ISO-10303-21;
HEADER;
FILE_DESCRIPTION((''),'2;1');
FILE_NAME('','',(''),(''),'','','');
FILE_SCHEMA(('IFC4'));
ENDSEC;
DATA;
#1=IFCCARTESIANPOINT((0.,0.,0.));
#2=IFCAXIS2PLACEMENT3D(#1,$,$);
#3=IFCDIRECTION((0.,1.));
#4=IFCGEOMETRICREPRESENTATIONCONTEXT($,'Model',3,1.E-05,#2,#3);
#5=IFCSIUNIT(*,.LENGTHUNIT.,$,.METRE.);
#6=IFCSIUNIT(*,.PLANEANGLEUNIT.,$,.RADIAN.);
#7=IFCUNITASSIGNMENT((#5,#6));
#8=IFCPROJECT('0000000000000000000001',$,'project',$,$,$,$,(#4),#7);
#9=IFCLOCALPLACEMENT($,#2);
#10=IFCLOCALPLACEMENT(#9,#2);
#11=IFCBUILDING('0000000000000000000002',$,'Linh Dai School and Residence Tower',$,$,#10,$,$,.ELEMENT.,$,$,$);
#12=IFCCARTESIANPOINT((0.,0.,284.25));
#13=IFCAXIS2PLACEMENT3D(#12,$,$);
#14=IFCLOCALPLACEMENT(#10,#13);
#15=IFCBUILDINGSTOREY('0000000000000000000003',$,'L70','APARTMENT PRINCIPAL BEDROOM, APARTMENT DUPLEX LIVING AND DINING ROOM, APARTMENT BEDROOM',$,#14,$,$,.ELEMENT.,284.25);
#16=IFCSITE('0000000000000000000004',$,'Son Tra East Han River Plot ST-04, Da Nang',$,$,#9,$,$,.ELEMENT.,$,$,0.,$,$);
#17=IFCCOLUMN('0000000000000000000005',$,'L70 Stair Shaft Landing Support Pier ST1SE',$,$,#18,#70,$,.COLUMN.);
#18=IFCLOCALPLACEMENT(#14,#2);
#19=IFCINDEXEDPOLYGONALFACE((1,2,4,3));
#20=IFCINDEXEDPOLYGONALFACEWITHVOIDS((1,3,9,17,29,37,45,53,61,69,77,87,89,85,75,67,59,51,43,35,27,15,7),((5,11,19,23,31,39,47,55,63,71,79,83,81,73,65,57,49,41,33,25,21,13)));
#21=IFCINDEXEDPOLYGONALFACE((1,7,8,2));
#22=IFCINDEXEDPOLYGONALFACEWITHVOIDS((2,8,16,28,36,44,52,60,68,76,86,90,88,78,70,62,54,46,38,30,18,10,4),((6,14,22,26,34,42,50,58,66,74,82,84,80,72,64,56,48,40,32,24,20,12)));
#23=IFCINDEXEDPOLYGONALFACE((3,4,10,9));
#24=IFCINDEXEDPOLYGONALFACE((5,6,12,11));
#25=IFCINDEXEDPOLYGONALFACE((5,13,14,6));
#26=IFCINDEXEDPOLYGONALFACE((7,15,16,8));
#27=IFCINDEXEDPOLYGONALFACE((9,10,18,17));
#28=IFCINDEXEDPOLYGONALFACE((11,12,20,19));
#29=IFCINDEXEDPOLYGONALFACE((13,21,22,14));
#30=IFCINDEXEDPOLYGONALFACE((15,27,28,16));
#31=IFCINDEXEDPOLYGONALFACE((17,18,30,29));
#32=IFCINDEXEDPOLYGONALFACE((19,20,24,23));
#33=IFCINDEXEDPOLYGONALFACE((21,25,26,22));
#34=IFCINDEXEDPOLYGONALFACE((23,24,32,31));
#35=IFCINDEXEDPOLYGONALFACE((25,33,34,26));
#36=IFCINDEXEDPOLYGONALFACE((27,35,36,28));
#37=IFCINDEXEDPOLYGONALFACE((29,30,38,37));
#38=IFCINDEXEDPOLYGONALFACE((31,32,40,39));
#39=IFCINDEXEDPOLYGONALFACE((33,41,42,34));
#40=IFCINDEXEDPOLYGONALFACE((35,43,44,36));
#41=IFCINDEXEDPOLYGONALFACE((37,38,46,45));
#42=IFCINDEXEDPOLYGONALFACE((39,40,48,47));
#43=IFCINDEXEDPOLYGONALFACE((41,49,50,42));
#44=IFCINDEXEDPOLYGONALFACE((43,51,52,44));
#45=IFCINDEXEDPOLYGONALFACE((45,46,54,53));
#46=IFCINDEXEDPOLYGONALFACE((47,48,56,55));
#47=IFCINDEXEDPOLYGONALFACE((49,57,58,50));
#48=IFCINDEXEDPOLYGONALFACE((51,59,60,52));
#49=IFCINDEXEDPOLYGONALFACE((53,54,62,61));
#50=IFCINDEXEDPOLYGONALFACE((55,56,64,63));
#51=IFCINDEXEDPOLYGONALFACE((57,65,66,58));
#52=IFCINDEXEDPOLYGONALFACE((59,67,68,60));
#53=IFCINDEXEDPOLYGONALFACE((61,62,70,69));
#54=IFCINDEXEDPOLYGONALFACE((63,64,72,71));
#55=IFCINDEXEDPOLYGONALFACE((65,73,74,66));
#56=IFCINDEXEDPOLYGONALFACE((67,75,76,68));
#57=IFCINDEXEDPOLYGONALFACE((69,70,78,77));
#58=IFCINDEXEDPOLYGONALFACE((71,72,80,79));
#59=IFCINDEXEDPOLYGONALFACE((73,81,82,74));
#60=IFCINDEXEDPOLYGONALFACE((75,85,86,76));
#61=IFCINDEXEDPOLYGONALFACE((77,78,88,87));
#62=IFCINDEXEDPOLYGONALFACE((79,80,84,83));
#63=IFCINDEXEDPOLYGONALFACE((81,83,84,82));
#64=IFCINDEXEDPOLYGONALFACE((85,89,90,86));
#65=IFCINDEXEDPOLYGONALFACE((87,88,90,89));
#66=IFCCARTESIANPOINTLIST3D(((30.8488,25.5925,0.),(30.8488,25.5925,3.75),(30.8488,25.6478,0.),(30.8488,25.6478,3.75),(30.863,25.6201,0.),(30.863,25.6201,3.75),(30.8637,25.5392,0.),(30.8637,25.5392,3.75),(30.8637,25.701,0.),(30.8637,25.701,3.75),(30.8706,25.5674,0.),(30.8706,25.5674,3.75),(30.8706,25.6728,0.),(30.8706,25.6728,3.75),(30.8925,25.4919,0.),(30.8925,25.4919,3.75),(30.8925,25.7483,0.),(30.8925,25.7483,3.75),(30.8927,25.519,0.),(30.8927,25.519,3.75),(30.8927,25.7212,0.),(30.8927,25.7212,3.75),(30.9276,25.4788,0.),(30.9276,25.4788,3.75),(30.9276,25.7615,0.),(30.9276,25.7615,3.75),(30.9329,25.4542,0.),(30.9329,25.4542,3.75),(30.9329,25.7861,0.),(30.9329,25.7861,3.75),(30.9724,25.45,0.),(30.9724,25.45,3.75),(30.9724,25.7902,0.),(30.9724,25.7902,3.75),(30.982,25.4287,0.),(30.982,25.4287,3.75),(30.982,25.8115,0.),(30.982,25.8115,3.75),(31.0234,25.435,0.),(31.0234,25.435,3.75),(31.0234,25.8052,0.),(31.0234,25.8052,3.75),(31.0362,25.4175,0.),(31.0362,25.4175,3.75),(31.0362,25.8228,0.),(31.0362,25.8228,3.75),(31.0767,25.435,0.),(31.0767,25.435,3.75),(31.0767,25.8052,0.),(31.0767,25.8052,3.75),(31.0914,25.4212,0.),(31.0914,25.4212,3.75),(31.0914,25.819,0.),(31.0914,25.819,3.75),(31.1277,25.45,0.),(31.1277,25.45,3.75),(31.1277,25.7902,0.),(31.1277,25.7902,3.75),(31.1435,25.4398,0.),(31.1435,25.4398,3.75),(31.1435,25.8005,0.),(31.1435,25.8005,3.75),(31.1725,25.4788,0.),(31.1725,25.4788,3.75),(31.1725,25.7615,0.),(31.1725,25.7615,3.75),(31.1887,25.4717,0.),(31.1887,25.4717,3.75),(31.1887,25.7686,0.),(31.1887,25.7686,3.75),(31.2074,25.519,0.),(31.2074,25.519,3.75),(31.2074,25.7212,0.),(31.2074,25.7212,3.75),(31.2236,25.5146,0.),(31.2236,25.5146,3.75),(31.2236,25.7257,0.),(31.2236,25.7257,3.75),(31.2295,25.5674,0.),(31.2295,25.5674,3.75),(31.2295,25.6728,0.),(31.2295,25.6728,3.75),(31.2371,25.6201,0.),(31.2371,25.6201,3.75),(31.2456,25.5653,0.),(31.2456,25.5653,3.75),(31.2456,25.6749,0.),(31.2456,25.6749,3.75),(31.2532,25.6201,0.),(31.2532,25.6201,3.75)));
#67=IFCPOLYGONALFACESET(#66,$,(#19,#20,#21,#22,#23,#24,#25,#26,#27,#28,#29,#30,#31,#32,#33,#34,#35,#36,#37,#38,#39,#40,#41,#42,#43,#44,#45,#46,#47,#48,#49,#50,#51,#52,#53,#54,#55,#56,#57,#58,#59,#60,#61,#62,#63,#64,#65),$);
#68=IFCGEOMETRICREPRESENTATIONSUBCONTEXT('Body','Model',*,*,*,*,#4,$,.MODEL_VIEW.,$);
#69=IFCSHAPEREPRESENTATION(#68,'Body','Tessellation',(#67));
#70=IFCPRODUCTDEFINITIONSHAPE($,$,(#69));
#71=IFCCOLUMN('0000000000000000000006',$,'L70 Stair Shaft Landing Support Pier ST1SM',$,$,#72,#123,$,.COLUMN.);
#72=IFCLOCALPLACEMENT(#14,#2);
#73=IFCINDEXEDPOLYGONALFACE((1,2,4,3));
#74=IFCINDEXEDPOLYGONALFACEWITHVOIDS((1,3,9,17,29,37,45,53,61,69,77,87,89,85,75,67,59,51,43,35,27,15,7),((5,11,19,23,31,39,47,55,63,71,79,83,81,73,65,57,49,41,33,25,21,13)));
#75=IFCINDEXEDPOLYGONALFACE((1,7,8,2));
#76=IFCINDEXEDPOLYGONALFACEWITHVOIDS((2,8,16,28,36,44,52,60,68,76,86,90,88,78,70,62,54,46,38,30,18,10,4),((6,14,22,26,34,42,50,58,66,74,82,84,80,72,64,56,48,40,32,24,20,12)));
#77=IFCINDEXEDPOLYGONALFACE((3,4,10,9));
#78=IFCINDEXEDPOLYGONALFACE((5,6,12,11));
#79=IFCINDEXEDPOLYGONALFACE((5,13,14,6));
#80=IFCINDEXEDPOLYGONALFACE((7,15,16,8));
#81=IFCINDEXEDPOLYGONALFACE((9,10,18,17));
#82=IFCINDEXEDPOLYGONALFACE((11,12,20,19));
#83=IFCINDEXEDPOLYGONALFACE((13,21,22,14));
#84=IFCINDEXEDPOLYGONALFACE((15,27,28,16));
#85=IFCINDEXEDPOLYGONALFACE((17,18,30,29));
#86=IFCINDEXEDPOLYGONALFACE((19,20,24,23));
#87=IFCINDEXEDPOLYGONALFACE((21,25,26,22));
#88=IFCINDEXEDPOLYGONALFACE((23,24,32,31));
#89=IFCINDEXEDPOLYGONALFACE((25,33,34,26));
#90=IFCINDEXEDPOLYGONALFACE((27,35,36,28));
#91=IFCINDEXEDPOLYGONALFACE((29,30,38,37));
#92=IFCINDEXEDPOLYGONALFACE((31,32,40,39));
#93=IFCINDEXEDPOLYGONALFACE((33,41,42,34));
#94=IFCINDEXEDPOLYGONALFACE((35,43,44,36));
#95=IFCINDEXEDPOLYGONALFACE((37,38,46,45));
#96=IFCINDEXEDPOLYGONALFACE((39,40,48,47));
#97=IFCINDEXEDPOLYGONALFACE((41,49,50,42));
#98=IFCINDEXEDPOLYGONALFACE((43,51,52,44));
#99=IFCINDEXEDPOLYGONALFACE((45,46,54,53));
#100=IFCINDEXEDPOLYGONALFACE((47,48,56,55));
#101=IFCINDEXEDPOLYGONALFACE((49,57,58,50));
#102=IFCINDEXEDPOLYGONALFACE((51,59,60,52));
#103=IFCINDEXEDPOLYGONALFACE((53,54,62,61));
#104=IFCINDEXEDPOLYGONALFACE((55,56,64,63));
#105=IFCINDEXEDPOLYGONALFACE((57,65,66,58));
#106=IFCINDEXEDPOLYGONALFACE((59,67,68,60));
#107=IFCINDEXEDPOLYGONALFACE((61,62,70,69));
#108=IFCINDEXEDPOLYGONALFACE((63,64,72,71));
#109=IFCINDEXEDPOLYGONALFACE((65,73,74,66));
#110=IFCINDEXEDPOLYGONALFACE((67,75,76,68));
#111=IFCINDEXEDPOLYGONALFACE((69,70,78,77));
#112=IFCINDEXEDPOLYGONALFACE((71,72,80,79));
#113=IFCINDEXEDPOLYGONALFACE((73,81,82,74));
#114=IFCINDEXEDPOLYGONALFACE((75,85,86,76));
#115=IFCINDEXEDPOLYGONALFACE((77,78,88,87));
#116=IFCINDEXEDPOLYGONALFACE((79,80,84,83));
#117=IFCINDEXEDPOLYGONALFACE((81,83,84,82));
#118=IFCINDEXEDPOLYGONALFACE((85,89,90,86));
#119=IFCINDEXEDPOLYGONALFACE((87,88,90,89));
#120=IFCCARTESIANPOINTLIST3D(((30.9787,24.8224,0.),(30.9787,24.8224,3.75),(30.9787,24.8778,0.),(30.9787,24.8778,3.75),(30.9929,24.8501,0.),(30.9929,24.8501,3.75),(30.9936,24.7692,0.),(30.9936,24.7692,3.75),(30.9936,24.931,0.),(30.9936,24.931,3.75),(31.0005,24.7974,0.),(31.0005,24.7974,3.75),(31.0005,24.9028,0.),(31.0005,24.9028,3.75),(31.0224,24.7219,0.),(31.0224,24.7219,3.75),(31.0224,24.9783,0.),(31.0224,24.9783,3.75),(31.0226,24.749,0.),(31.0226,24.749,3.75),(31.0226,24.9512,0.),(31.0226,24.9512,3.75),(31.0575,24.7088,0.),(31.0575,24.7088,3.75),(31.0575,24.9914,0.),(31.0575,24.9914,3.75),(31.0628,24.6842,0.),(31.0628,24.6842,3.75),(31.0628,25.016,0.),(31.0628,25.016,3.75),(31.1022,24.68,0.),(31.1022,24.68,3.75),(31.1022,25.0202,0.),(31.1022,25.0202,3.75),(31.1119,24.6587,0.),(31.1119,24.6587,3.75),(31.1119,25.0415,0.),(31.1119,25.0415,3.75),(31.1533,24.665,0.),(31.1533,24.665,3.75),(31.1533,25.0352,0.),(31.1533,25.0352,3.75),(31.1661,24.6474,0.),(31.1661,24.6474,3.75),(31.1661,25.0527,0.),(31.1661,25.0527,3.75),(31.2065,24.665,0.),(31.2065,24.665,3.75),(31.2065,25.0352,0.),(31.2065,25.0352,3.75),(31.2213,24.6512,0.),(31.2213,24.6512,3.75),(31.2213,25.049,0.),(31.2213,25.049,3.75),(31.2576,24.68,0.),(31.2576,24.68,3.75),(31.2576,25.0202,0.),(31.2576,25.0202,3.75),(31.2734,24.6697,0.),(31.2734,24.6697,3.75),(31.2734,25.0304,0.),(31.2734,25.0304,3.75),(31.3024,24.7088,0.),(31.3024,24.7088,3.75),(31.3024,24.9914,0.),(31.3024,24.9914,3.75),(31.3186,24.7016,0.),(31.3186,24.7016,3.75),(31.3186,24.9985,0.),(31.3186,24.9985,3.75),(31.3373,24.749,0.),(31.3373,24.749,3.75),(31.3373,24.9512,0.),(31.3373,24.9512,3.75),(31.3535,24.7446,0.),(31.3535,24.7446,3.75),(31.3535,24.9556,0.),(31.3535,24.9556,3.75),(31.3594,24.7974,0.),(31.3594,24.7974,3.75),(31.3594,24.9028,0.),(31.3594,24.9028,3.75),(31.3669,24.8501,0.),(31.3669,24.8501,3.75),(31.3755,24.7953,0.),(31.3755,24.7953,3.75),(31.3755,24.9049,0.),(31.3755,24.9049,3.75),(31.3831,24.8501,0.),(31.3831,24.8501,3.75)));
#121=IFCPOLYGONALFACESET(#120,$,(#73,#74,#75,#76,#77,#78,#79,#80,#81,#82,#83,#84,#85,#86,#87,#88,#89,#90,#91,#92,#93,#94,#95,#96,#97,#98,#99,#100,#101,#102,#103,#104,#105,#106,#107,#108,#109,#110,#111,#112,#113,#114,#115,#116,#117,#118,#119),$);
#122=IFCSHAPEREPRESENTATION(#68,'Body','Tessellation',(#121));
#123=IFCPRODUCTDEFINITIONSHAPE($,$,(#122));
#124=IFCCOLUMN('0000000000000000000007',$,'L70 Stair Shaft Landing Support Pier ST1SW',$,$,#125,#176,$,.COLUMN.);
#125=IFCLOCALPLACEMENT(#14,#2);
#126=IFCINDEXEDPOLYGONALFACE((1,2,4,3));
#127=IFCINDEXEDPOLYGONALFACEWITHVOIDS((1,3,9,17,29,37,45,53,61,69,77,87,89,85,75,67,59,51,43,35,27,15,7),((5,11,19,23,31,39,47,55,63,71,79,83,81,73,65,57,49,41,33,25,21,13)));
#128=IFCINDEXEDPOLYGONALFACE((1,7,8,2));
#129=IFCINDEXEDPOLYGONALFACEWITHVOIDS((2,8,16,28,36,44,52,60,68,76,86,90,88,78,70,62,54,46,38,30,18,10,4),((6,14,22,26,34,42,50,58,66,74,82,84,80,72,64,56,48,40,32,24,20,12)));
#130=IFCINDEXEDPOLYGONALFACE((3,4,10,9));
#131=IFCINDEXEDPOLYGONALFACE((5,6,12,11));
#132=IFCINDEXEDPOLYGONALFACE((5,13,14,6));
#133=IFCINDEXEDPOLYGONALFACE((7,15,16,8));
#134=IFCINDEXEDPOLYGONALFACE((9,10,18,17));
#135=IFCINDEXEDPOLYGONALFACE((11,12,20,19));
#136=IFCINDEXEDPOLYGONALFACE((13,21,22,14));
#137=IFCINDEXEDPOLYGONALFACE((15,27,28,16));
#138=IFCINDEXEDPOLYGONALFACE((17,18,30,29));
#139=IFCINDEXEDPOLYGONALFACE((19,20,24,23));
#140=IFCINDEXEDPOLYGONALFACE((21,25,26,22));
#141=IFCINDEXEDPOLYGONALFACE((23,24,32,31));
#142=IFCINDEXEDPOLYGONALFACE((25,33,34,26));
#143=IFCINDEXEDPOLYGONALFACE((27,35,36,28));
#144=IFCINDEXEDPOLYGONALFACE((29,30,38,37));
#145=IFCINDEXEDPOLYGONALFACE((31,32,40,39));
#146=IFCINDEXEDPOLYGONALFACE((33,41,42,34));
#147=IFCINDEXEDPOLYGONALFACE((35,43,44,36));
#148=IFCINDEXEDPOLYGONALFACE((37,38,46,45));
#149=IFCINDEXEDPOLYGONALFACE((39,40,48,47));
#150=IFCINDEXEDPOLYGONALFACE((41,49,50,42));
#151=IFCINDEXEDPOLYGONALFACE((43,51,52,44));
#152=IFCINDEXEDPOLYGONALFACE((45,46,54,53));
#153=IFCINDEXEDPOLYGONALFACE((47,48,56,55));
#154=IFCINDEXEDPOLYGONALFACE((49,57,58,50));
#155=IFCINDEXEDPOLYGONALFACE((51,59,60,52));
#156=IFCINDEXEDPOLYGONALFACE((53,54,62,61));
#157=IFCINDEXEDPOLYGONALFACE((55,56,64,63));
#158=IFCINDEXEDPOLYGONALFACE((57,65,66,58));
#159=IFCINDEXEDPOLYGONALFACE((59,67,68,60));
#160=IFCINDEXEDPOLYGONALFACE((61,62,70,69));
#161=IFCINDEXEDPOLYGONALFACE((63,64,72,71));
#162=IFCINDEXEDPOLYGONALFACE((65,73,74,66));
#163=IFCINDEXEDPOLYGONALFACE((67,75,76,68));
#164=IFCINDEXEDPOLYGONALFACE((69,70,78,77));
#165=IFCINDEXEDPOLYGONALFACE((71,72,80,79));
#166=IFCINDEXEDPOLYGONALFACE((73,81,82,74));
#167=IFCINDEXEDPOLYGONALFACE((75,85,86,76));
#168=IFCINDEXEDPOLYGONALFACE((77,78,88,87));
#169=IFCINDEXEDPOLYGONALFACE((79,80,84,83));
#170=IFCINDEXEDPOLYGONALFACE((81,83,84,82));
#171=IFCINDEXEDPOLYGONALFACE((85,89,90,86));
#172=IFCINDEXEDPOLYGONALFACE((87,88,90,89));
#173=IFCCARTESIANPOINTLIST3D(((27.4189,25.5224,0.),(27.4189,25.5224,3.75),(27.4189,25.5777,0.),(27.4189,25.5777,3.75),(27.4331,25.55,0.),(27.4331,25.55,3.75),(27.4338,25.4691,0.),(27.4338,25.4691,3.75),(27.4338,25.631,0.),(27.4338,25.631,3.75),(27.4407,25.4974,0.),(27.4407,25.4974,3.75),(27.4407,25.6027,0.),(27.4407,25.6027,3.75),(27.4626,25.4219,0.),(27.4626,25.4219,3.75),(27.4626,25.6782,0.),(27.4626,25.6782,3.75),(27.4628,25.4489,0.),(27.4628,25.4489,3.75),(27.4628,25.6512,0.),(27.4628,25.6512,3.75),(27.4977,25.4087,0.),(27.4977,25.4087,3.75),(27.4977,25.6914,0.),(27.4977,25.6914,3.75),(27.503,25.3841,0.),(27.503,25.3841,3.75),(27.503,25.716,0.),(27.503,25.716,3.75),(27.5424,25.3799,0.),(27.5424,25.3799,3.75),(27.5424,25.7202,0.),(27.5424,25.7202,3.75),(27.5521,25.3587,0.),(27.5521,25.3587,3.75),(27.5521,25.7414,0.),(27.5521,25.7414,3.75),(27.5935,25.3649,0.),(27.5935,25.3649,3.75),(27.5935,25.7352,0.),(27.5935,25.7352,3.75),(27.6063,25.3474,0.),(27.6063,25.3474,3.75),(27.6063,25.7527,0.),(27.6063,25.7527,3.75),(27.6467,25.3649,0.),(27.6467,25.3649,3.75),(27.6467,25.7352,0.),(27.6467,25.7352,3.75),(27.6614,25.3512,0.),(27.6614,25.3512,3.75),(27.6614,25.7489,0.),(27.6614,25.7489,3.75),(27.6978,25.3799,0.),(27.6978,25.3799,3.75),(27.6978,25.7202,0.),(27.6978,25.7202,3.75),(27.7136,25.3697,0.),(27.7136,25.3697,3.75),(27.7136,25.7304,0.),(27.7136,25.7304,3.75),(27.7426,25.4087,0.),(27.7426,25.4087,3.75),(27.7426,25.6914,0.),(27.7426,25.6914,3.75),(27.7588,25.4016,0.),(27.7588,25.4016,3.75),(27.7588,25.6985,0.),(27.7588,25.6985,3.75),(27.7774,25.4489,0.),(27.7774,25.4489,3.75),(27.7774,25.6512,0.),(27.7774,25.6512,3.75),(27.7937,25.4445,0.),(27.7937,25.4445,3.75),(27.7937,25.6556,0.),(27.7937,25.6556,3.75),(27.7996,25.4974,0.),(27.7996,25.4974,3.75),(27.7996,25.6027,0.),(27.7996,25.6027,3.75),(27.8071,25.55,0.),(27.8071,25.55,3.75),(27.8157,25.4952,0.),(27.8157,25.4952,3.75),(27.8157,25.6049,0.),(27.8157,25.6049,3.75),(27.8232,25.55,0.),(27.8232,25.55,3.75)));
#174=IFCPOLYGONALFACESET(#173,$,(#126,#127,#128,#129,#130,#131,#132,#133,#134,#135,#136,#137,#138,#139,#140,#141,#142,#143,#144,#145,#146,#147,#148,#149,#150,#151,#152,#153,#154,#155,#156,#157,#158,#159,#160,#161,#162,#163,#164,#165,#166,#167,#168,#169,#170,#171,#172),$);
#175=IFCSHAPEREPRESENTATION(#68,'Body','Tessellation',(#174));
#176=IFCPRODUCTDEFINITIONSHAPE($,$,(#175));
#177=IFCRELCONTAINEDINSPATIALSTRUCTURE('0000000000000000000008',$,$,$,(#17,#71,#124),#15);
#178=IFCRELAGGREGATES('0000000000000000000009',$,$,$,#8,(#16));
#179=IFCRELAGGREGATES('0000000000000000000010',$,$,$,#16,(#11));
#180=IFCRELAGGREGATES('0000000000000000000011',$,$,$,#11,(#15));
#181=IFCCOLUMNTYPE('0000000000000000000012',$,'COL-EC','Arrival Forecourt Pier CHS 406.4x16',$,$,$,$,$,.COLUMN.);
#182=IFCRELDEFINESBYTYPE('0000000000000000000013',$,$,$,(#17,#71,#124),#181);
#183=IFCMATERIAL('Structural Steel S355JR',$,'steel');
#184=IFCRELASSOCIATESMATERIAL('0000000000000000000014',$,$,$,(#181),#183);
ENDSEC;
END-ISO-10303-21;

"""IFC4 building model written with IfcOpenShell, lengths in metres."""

from ifc_helpers import new_model, si_unit, direction, frame, origin, origin_2d, place, context, subcontext, project, spatial, hollow_circle, extrude, material, material_profile, profile_set, type_object, element, save


model = new_model("IFC4")

# Units and contexts
model_context = context("Model", 3, precision=1e-05, world=origin(), true_north=direction((0.0, 1.0)))
body_context = subcontext(model_context, "Body", "Model", "MODEL_VIEW")
ifc_project = project(units=[si_unit("LENGTHUNIT", "METRE"), si_unit("PLANEANGLEUNIT", "RADIAN")], contexts=[model_context])

# Site, building, storey
site_placement = place(None, origin())
site = spatial("IfcSite", under=ifc_project, at=site_placement, Name="Son Tra East Han River Plot ST-04, Da Nang", CompositionType="ELEMENT", RefElevation=0.0)
building_placement = place(site_placement, origin())
building = spatial("IfcBuilding", under=site, at=building_placement, Name="Linh Dai School and Residence Tower", CompositionType="ELEMENT")
storey_placement = place(building_placement, frame((0.0, 0.0, 284.25)))
storey = spatial("IfcBuildingStorey", under=building, at=storey_placement, Name="L70", Description="APARTMENT PRINCIPAL BEDROOM, APARTMENT DUPLEX LIVING AND DINING ROOM, APARTMENT BEDROOM", CompositionType="ELEMENT", Elevation=284.25)

# Columns
ifc_material_1 = material(Name="Structural Steel S355JR", Category="steel")
ifc_material_profile_1 = material_profile(ifc_material_1, hollow_circle(Radius=0.2031, WallThickness=0.0161, at=origin_2d()), Name="CHS 406.4x16")
ifc_profile_set_1 = profile_set([ifc_material_profile_1], Name="Structural Steel S355JR")
column_type = type_object("IfcColumnType", Name="COL-EC", Description="Arrival Forecourt Pier CHS 406.4x16", PredefinedType="COLUMN", material=ifc_profile_set_1)
for number, where, z_axis, x_axis, name in (
    (1, (31.05, 25.6201, 0.0), (0.0, 0.0, 1.0), (1.0, 0.0, 0.0), "L70 Stair Shaft Landing Support Pier ST1SE"),
    (2, (31.1799, 24.8501, 0.0), (0.0, 0.0, 1.0), (1.0, 0.0, 0.0), "L70 Stair Shaft Landing Support Pier ST1SM"),
    (3, (27.6201, 25.55, 0.0), (0.0, 0.0, 1.0), (1.0, 0.0, 0.0), "L70 Stair Shaft Landing Support Pier ST1SW"),
):
    element("IfcColumn", number, at=place(storey_placement, frame(where, z_axis=z_axis, x_axis=x_axis)), inside=storey, type_object=column_type, Name=name, PredefinedType="COLUMN", context=body_context, shape_type="SweptSolid", body=[
        extrude(hollow_circle(Radius=0.2031, WallThickness=0.0161, at=origin_2d()), origin(), (0.0, 0.0, 1.0), 3.75),
    ])

save(model, "model.ifc")
